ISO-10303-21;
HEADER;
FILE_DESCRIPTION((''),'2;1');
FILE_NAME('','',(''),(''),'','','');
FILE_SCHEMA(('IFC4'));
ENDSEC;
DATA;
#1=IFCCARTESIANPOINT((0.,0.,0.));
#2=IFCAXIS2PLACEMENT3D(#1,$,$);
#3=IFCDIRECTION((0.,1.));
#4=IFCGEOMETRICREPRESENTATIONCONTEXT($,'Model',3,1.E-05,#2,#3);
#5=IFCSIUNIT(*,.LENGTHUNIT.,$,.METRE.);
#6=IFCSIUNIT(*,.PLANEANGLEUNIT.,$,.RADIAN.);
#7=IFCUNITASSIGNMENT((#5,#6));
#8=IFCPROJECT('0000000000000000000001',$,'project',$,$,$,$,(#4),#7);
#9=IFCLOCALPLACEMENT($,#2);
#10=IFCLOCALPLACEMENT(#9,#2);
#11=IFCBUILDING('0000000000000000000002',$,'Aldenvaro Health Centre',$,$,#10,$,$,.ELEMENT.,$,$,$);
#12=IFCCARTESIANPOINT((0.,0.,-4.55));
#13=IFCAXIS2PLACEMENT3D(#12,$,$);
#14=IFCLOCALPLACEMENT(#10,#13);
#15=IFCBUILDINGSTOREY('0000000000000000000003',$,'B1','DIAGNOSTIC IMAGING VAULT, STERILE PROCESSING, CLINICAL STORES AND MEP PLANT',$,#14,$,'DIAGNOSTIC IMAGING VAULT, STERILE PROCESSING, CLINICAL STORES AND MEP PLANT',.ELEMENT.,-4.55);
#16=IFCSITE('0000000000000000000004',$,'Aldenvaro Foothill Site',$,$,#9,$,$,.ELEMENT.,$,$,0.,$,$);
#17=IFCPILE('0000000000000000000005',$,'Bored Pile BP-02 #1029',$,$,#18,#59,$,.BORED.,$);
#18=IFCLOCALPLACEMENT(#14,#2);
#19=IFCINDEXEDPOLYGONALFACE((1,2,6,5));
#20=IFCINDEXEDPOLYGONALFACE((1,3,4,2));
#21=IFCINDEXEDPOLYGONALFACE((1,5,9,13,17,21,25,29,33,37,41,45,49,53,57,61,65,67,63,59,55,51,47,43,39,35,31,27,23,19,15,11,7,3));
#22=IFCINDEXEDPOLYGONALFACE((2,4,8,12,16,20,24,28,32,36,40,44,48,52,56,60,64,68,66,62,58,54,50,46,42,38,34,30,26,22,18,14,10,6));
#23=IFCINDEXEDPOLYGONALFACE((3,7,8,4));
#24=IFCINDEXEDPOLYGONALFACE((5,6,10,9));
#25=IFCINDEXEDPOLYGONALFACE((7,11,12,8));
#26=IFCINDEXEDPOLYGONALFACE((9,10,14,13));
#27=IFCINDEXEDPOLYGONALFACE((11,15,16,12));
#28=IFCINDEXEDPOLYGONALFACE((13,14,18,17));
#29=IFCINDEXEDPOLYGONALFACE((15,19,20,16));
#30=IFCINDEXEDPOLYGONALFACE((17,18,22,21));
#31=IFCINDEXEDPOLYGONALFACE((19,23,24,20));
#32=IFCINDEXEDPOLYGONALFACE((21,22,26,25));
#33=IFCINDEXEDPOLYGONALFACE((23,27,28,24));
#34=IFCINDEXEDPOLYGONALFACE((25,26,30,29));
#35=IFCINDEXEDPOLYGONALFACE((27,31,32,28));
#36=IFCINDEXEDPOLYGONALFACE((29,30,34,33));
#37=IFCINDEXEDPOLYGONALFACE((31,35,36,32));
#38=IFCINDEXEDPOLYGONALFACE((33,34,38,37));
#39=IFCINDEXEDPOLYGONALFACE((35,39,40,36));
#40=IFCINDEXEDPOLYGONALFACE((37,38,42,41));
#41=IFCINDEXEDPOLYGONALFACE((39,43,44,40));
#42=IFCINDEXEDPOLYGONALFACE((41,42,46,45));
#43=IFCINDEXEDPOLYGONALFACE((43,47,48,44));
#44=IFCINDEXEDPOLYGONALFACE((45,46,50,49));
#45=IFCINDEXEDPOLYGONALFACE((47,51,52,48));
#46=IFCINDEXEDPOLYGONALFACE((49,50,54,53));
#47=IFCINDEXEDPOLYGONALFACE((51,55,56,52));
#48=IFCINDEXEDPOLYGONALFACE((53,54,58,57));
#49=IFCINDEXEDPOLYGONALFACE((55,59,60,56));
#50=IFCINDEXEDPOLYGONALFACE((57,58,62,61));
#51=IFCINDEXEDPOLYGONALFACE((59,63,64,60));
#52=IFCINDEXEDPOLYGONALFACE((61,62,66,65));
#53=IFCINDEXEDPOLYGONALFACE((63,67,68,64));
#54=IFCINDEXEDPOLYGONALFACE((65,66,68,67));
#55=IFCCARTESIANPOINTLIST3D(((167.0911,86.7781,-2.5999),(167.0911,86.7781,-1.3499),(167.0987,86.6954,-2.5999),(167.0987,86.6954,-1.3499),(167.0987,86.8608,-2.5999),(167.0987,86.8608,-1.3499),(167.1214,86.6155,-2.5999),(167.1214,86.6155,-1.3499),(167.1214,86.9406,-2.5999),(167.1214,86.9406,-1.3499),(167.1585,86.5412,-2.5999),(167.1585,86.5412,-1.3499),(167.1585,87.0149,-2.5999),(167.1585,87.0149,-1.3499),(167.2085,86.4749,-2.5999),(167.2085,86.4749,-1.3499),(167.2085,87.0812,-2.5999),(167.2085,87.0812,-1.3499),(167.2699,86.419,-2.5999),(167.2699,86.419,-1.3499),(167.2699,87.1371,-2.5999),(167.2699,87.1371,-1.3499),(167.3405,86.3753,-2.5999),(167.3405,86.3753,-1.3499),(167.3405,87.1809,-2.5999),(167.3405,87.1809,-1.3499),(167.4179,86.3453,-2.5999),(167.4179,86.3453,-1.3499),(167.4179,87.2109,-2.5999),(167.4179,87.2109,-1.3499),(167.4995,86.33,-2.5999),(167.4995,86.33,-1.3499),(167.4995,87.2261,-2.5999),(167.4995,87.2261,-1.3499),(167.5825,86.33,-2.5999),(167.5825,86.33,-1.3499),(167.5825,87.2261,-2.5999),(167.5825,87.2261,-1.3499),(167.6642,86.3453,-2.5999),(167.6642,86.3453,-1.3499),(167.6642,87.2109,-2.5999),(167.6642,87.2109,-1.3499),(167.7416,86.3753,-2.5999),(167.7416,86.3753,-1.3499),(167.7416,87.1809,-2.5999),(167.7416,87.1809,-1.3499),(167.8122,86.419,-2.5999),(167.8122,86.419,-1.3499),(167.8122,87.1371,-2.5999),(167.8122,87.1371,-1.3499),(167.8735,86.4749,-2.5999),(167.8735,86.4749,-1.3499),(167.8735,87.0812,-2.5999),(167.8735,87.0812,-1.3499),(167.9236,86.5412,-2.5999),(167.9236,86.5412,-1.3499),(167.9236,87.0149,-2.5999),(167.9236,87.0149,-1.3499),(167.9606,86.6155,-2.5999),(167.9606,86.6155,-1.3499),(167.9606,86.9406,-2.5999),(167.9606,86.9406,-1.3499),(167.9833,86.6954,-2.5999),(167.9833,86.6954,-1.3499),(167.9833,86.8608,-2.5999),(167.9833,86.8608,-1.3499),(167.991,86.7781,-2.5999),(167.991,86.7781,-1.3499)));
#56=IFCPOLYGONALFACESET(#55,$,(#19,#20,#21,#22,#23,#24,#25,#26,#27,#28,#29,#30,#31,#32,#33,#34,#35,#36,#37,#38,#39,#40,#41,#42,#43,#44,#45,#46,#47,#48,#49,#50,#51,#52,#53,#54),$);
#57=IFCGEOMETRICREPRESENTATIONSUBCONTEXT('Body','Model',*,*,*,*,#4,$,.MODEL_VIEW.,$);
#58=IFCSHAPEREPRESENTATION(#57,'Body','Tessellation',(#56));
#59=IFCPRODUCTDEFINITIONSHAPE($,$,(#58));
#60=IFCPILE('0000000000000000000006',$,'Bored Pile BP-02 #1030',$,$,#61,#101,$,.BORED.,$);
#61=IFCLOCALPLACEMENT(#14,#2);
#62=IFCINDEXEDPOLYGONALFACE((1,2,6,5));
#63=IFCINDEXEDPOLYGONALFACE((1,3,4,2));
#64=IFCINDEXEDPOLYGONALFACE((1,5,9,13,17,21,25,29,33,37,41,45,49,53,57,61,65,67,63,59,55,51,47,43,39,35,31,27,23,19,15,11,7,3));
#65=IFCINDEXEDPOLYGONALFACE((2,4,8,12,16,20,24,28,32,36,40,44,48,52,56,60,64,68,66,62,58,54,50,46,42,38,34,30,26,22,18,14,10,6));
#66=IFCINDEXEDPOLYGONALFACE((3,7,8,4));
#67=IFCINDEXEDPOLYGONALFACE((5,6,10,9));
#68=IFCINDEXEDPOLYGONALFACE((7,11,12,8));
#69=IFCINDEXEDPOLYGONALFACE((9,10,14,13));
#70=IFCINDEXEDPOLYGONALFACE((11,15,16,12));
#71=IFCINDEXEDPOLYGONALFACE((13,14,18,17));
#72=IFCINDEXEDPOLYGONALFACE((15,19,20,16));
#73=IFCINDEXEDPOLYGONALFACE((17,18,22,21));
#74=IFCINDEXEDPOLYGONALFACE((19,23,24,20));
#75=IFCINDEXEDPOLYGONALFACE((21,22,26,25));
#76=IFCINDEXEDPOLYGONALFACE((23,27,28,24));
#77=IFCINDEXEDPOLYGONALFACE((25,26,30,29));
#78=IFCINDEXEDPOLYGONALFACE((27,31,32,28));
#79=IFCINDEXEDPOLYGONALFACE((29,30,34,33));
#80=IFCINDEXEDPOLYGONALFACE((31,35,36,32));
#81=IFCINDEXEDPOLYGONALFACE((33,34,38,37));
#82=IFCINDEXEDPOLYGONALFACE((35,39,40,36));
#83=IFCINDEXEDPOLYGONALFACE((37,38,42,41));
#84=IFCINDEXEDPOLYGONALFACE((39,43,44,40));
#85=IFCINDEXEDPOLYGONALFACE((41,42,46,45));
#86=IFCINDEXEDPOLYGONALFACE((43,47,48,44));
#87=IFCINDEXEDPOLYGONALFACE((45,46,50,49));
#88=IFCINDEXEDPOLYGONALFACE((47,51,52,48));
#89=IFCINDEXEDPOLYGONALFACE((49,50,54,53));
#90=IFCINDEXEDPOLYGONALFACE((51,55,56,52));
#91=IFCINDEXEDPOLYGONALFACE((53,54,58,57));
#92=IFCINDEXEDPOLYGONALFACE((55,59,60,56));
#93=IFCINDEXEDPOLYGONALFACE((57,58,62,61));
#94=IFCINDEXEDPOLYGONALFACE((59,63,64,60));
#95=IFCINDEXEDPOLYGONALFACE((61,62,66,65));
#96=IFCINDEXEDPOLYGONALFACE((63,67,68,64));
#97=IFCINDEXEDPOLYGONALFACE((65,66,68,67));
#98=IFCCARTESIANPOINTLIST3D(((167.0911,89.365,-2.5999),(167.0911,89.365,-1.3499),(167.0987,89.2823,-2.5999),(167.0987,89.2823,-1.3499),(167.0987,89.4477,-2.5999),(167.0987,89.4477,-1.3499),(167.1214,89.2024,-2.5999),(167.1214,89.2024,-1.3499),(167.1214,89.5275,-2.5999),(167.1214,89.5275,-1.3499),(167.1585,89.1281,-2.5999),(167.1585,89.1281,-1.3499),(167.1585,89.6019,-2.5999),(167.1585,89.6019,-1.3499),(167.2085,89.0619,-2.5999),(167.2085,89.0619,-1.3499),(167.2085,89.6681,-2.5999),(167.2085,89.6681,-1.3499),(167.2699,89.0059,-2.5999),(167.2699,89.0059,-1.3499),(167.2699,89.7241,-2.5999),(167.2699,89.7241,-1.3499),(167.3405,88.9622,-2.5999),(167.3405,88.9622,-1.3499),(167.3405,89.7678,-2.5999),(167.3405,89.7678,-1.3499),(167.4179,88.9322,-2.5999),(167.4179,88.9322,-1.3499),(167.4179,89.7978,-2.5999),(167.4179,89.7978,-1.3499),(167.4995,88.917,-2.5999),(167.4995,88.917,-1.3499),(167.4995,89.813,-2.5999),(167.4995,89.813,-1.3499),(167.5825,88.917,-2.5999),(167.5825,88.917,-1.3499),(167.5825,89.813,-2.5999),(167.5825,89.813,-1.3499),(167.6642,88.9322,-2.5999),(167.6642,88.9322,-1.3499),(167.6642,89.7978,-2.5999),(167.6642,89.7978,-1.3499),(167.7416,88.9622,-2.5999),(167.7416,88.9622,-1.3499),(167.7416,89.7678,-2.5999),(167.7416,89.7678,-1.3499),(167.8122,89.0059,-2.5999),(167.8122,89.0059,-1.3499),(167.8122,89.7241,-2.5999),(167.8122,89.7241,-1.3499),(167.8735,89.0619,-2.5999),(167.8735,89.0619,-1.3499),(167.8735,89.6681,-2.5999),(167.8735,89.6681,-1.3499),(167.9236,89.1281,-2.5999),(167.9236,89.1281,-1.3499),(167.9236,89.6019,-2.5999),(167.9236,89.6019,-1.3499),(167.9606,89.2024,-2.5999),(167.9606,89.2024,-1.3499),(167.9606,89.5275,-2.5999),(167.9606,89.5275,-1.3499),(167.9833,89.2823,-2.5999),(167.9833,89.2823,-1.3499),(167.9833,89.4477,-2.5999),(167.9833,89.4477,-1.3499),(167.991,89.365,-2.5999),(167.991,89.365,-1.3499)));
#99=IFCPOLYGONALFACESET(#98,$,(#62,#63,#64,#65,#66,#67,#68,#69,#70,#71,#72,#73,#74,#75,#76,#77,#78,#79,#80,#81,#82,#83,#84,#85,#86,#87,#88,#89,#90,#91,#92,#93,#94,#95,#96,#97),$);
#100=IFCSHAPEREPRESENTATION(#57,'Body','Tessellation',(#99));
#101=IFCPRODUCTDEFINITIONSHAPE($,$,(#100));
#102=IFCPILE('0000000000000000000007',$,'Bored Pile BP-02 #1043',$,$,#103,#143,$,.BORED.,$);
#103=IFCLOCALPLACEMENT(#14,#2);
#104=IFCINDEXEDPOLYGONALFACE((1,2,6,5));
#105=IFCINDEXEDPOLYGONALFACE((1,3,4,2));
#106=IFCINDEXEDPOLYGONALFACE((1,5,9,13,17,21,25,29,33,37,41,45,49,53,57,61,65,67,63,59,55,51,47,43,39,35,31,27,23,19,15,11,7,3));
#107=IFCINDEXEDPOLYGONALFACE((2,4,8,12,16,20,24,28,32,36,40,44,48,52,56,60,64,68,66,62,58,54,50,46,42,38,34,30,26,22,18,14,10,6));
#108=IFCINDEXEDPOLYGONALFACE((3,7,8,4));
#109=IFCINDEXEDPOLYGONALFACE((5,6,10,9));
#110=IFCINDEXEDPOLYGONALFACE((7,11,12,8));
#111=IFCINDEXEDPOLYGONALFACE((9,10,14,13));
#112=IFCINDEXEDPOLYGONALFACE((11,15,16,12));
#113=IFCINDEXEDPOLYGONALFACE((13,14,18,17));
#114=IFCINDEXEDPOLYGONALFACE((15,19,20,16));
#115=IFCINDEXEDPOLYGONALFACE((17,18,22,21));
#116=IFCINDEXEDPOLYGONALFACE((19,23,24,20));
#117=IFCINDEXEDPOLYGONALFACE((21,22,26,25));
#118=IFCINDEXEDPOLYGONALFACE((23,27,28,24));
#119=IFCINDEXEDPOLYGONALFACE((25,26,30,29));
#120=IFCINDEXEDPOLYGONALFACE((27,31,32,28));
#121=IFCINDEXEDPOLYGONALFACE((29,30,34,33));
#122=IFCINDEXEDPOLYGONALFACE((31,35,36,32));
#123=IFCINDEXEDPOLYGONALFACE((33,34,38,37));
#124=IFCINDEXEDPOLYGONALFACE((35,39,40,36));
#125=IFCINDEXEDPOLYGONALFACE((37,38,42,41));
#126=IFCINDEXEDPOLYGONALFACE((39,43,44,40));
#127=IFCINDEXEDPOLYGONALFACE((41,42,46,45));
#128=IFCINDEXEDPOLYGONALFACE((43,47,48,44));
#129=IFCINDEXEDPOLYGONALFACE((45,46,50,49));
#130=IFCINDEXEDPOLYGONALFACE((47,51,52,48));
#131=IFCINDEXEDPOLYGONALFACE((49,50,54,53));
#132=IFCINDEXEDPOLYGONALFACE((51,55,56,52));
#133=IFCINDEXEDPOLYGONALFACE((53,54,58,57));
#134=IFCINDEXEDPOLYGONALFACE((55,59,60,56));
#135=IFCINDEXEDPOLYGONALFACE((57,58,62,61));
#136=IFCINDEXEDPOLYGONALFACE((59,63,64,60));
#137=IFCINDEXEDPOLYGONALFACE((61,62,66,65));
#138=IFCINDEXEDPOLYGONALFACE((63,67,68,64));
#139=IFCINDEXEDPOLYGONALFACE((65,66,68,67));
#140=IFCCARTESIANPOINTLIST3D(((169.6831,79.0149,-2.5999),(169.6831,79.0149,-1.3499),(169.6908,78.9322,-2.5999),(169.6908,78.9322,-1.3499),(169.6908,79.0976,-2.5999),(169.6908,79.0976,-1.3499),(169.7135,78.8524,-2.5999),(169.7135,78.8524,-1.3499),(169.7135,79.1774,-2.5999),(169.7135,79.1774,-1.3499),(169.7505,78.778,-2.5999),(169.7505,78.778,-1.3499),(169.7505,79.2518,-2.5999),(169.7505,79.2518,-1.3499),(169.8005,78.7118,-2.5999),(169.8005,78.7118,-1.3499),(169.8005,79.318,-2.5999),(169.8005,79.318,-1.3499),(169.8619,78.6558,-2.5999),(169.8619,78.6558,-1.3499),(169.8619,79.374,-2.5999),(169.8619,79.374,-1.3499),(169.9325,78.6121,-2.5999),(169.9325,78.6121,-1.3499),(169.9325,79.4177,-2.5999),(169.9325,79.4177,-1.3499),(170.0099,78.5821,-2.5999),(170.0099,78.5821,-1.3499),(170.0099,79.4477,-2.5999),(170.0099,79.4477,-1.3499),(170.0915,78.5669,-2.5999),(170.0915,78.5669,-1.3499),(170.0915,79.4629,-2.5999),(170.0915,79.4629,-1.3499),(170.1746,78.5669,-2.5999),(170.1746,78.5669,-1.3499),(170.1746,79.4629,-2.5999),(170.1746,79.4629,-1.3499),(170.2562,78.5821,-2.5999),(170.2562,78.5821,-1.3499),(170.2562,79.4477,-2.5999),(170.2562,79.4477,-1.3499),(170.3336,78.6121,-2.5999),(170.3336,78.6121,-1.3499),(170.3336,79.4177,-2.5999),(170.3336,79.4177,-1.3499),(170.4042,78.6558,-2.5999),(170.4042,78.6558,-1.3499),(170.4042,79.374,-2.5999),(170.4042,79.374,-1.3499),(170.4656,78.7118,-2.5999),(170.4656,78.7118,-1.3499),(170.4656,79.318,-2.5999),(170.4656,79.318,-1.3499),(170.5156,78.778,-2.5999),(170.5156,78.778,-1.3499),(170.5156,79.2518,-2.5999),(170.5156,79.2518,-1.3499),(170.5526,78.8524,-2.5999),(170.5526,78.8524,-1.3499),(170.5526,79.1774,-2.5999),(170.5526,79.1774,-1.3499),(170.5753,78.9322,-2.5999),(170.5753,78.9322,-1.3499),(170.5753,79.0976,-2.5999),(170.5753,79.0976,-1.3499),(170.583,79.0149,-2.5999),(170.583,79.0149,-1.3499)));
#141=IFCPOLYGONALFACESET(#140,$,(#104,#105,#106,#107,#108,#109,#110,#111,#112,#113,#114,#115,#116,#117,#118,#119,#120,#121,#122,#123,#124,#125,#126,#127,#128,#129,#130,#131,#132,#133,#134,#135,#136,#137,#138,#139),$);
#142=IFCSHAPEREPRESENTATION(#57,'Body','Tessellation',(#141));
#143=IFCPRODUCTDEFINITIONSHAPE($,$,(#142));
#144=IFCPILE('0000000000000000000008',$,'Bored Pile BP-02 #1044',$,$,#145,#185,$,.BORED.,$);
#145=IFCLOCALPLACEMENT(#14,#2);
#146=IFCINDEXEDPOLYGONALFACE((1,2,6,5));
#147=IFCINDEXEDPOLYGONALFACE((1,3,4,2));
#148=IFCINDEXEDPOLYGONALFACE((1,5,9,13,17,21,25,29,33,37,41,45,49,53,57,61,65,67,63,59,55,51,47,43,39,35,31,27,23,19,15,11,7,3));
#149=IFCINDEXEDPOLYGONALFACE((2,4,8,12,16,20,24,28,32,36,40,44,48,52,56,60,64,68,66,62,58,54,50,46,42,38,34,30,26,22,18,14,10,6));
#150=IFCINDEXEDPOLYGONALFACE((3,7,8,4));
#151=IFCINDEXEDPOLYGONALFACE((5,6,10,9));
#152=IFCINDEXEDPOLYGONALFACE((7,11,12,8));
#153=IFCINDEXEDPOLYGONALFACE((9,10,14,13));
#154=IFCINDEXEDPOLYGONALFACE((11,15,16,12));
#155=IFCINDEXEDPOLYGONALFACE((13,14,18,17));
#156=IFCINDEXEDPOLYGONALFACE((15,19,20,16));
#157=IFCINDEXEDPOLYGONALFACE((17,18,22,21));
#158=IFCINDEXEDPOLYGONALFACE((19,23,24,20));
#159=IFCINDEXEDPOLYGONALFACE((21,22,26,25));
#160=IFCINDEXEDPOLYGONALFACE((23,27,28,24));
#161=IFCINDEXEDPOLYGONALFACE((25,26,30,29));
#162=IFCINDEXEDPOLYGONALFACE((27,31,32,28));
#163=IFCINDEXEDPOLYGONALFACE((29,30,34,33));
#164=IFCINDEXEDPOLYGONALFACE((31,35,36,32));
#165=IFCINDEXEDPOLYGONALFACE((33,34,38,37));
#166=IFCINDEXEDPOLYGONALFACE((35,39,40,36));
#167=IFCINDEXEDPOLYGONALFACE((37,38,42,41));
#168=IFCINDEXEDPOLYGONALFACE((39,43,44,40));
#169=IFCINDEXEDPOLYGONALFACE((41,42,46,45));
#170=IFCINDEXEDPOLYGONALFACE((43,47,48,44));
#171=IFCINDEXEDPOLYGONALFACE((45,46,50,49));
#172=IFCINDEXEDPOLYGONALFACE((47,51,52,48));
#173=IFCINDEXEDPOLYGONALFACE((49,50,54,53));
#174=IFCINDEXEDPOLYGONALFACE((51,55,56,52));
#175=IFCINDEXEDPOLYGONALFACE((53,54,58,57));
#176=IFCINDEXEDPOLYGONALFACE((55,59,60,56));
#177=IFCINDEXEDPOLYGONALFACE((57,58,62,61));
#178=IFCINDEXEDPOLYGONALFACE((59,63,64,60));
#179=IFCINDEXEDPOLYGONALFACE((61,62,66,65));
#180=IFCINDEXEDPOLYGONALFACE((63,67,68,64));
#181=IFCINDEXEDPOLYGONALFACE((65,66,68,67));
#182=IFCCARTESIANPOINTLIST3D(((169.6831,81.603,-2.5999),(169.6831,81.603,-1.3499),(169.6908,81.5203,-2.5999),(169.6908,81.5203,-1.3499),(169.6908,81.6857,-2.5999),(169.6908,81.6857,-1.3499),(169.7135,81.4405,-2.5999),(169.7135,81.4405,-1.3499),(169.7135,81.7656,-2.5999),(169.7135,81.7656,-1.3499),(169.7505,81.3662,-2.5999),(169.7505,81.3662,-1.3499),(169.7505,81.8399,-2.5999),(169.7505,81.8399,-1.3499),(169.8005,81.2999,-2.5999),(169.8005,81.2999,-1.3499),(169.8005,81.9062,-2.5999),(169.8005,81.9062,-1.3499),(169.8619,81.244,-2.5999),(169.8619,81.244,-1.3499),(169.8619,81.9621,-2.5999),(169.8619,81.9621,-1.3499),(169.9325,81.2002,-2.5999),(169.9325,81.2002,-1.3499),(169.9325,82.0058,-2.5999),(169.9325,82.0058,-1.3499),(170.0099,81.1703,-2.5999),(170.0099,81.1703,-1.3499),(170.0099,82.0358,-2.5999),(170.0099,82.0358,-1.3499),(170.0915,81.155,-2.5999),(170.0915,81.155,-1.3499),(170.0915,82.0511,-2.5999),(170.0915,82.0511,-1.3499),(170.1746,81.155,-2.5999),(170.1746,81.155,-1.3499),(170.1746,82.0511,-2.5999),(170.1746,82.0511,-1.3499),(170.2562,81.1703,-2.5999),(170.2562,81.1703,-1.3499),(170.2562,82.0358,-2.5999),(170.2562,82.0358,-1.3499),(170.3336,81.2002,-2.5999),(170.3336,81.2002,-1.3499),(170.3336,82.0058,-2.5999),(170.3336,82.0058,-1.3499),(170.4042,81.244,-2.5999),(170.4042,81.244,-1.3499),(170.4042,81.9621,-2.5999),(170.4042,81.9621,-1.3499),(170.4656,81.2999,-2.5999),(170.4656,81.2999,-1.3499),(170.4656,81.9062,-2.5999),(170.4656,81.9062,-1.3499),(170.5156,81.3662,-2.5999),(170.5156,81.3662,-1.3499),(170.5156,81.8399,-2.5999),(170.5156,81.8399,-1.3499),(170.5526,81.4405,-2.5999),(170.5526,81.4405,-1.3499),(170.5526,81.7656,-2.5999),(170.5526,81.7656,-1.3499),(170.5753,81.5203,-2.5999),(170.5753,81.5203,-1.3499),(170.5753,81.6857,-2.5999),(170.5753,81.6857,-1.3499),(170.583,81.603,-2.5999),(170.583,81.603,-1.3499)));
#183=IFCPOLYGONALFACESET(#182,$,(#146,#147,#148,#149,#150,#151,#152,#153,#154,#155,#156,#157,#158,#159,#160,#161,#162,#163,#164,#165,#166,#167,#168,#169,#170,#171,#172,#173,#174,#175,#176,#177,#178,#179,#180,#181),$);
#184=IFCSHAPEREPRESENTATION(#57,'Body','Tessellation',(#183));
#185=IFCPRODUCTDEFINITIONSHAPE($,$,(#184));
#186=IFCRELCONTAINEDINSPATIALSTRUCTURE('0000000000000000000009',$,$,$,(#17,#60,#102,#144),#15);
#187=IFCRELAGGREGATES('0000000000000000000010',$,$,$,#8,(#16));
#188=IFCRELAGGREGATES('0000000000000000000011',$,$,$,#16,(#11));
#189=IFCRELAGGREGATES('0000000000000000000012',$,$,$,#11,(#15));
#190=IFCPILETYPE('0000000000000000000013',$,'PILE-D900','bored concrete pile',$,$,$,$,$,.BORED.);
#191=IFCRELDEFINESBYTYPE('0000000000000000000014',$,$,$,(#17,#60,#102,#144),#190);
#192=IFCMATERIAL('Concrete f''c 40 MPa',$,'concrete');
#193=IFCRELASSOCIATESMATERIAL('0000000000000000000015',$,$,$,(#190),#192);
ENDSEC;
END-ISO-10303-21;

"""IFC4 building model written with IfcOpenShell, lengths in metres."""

from ifc_helpers import new_model, si_unit, direction, frame, origin, origin_2d, place, context, subcontext, project, spatial, circle, extrude, material, material_profile, profile_set, type_object, element, save


model = new_model("IFC4")

# Units and contexts
model_context = context("Model", 3, precision=1e-05, world=origin(), true_north=direction((0.0, 1.0)))
body_context = subcontext(model_context, "Body", "Model", "MODEL_VIEW")
ifc_project = project(units=[si_unit("LENGTHUNIT", "METRE"), si_unit("PLANEANGLEUNIT", "RADIAN")], contexts=[model_context])

# Site, building, storey
site_placement = place(None, origin())
site = spatial("IfcSite", under=ifc_project, at=site_placement, Name="Aldenvaro Foothill Site", CompositionType="ELEMENT", RefElevation=0.0)
building_placement = place(site_placement, origin())
building = spatial("IfcBuilding", under=site, at=building_placement, Name="Aldenvaro Health Centre", CompositionType="ELEMENT")
storey_placement = place(building_placement, frame((0.0, 0.0, -4.55)))
storey = spatial("IfcBuildingStorey", under=building, at=storey_placement, Name="B1", Description="DIAGNOSTIC IMAGING VAULT, STERILE PROCESSING, CLINICAL STORES AND MEP PLANT", LongName="DIAGNOSTIC IMAGING VAULT, STERILE PROCESSING, CLINICAL STORES AND MEP PLANT", CompositionType="ELEMENT", Elevation=-4.55)

# Piles
ifc_material_1 = material(Name="Concrete f'c 40 MPa", Category="concrete")
ifc_material_profile_1 = material_profile(ifc_material_1, circle(Radius=0.45, at=origin_2d()), Name="PILE D900", Category="concrete")
ifc_profile_set_1 = profile_set([ifc_material_profile_1], Name="Concrete f'c 40 MPa")
pile_type = type_object("IfcPileType", Name="PILE-D900", Description="bored concrete pile", PredefinedType="BORED", material=ifc_profile_set_1)
for number, where, z_axis, x_axis, name in (
    (1, (167.541, 86.7781, -1.3499), (0.0, 0.0, -1.0), (1.0, 0.0, 0.0), "Bored Pile BP-02 #1029"),
    (2, (167.541, 89.365, -1.3499), (0.0, 0.0, -1.0), (1.0, 0.0, 0.0), "Bored Pile BP-02 #1030"),
    (3, (170.1331, 79.0149, -1.3499), (0.0, 0.0, -1.0), (1.0, 0.0, 0.0), "Bored Pile BP-02 #1043"),
    (4, (170.1331, 81.603, -1.3499), (0.0, 0.0, -1.0), (1.0, 0.0, 0.0), "Bored Pile BP-02 #1044"),
):
    element("IfcPile", number, at=place(storey_placement, frame(where, z_axis=z_axis, x_axis=x_axis)), inside=storey, type_object=pile_type, Name=name, PredefinedType="BORED", context=body_context, shape_type="SweptSolid", body=[
        extrude(circle(Radius=0.45, at=origin_2d()), origin(), (0.0, 0.0, 1.0), 1.25),
    ])

save(model, "model.ifc")
